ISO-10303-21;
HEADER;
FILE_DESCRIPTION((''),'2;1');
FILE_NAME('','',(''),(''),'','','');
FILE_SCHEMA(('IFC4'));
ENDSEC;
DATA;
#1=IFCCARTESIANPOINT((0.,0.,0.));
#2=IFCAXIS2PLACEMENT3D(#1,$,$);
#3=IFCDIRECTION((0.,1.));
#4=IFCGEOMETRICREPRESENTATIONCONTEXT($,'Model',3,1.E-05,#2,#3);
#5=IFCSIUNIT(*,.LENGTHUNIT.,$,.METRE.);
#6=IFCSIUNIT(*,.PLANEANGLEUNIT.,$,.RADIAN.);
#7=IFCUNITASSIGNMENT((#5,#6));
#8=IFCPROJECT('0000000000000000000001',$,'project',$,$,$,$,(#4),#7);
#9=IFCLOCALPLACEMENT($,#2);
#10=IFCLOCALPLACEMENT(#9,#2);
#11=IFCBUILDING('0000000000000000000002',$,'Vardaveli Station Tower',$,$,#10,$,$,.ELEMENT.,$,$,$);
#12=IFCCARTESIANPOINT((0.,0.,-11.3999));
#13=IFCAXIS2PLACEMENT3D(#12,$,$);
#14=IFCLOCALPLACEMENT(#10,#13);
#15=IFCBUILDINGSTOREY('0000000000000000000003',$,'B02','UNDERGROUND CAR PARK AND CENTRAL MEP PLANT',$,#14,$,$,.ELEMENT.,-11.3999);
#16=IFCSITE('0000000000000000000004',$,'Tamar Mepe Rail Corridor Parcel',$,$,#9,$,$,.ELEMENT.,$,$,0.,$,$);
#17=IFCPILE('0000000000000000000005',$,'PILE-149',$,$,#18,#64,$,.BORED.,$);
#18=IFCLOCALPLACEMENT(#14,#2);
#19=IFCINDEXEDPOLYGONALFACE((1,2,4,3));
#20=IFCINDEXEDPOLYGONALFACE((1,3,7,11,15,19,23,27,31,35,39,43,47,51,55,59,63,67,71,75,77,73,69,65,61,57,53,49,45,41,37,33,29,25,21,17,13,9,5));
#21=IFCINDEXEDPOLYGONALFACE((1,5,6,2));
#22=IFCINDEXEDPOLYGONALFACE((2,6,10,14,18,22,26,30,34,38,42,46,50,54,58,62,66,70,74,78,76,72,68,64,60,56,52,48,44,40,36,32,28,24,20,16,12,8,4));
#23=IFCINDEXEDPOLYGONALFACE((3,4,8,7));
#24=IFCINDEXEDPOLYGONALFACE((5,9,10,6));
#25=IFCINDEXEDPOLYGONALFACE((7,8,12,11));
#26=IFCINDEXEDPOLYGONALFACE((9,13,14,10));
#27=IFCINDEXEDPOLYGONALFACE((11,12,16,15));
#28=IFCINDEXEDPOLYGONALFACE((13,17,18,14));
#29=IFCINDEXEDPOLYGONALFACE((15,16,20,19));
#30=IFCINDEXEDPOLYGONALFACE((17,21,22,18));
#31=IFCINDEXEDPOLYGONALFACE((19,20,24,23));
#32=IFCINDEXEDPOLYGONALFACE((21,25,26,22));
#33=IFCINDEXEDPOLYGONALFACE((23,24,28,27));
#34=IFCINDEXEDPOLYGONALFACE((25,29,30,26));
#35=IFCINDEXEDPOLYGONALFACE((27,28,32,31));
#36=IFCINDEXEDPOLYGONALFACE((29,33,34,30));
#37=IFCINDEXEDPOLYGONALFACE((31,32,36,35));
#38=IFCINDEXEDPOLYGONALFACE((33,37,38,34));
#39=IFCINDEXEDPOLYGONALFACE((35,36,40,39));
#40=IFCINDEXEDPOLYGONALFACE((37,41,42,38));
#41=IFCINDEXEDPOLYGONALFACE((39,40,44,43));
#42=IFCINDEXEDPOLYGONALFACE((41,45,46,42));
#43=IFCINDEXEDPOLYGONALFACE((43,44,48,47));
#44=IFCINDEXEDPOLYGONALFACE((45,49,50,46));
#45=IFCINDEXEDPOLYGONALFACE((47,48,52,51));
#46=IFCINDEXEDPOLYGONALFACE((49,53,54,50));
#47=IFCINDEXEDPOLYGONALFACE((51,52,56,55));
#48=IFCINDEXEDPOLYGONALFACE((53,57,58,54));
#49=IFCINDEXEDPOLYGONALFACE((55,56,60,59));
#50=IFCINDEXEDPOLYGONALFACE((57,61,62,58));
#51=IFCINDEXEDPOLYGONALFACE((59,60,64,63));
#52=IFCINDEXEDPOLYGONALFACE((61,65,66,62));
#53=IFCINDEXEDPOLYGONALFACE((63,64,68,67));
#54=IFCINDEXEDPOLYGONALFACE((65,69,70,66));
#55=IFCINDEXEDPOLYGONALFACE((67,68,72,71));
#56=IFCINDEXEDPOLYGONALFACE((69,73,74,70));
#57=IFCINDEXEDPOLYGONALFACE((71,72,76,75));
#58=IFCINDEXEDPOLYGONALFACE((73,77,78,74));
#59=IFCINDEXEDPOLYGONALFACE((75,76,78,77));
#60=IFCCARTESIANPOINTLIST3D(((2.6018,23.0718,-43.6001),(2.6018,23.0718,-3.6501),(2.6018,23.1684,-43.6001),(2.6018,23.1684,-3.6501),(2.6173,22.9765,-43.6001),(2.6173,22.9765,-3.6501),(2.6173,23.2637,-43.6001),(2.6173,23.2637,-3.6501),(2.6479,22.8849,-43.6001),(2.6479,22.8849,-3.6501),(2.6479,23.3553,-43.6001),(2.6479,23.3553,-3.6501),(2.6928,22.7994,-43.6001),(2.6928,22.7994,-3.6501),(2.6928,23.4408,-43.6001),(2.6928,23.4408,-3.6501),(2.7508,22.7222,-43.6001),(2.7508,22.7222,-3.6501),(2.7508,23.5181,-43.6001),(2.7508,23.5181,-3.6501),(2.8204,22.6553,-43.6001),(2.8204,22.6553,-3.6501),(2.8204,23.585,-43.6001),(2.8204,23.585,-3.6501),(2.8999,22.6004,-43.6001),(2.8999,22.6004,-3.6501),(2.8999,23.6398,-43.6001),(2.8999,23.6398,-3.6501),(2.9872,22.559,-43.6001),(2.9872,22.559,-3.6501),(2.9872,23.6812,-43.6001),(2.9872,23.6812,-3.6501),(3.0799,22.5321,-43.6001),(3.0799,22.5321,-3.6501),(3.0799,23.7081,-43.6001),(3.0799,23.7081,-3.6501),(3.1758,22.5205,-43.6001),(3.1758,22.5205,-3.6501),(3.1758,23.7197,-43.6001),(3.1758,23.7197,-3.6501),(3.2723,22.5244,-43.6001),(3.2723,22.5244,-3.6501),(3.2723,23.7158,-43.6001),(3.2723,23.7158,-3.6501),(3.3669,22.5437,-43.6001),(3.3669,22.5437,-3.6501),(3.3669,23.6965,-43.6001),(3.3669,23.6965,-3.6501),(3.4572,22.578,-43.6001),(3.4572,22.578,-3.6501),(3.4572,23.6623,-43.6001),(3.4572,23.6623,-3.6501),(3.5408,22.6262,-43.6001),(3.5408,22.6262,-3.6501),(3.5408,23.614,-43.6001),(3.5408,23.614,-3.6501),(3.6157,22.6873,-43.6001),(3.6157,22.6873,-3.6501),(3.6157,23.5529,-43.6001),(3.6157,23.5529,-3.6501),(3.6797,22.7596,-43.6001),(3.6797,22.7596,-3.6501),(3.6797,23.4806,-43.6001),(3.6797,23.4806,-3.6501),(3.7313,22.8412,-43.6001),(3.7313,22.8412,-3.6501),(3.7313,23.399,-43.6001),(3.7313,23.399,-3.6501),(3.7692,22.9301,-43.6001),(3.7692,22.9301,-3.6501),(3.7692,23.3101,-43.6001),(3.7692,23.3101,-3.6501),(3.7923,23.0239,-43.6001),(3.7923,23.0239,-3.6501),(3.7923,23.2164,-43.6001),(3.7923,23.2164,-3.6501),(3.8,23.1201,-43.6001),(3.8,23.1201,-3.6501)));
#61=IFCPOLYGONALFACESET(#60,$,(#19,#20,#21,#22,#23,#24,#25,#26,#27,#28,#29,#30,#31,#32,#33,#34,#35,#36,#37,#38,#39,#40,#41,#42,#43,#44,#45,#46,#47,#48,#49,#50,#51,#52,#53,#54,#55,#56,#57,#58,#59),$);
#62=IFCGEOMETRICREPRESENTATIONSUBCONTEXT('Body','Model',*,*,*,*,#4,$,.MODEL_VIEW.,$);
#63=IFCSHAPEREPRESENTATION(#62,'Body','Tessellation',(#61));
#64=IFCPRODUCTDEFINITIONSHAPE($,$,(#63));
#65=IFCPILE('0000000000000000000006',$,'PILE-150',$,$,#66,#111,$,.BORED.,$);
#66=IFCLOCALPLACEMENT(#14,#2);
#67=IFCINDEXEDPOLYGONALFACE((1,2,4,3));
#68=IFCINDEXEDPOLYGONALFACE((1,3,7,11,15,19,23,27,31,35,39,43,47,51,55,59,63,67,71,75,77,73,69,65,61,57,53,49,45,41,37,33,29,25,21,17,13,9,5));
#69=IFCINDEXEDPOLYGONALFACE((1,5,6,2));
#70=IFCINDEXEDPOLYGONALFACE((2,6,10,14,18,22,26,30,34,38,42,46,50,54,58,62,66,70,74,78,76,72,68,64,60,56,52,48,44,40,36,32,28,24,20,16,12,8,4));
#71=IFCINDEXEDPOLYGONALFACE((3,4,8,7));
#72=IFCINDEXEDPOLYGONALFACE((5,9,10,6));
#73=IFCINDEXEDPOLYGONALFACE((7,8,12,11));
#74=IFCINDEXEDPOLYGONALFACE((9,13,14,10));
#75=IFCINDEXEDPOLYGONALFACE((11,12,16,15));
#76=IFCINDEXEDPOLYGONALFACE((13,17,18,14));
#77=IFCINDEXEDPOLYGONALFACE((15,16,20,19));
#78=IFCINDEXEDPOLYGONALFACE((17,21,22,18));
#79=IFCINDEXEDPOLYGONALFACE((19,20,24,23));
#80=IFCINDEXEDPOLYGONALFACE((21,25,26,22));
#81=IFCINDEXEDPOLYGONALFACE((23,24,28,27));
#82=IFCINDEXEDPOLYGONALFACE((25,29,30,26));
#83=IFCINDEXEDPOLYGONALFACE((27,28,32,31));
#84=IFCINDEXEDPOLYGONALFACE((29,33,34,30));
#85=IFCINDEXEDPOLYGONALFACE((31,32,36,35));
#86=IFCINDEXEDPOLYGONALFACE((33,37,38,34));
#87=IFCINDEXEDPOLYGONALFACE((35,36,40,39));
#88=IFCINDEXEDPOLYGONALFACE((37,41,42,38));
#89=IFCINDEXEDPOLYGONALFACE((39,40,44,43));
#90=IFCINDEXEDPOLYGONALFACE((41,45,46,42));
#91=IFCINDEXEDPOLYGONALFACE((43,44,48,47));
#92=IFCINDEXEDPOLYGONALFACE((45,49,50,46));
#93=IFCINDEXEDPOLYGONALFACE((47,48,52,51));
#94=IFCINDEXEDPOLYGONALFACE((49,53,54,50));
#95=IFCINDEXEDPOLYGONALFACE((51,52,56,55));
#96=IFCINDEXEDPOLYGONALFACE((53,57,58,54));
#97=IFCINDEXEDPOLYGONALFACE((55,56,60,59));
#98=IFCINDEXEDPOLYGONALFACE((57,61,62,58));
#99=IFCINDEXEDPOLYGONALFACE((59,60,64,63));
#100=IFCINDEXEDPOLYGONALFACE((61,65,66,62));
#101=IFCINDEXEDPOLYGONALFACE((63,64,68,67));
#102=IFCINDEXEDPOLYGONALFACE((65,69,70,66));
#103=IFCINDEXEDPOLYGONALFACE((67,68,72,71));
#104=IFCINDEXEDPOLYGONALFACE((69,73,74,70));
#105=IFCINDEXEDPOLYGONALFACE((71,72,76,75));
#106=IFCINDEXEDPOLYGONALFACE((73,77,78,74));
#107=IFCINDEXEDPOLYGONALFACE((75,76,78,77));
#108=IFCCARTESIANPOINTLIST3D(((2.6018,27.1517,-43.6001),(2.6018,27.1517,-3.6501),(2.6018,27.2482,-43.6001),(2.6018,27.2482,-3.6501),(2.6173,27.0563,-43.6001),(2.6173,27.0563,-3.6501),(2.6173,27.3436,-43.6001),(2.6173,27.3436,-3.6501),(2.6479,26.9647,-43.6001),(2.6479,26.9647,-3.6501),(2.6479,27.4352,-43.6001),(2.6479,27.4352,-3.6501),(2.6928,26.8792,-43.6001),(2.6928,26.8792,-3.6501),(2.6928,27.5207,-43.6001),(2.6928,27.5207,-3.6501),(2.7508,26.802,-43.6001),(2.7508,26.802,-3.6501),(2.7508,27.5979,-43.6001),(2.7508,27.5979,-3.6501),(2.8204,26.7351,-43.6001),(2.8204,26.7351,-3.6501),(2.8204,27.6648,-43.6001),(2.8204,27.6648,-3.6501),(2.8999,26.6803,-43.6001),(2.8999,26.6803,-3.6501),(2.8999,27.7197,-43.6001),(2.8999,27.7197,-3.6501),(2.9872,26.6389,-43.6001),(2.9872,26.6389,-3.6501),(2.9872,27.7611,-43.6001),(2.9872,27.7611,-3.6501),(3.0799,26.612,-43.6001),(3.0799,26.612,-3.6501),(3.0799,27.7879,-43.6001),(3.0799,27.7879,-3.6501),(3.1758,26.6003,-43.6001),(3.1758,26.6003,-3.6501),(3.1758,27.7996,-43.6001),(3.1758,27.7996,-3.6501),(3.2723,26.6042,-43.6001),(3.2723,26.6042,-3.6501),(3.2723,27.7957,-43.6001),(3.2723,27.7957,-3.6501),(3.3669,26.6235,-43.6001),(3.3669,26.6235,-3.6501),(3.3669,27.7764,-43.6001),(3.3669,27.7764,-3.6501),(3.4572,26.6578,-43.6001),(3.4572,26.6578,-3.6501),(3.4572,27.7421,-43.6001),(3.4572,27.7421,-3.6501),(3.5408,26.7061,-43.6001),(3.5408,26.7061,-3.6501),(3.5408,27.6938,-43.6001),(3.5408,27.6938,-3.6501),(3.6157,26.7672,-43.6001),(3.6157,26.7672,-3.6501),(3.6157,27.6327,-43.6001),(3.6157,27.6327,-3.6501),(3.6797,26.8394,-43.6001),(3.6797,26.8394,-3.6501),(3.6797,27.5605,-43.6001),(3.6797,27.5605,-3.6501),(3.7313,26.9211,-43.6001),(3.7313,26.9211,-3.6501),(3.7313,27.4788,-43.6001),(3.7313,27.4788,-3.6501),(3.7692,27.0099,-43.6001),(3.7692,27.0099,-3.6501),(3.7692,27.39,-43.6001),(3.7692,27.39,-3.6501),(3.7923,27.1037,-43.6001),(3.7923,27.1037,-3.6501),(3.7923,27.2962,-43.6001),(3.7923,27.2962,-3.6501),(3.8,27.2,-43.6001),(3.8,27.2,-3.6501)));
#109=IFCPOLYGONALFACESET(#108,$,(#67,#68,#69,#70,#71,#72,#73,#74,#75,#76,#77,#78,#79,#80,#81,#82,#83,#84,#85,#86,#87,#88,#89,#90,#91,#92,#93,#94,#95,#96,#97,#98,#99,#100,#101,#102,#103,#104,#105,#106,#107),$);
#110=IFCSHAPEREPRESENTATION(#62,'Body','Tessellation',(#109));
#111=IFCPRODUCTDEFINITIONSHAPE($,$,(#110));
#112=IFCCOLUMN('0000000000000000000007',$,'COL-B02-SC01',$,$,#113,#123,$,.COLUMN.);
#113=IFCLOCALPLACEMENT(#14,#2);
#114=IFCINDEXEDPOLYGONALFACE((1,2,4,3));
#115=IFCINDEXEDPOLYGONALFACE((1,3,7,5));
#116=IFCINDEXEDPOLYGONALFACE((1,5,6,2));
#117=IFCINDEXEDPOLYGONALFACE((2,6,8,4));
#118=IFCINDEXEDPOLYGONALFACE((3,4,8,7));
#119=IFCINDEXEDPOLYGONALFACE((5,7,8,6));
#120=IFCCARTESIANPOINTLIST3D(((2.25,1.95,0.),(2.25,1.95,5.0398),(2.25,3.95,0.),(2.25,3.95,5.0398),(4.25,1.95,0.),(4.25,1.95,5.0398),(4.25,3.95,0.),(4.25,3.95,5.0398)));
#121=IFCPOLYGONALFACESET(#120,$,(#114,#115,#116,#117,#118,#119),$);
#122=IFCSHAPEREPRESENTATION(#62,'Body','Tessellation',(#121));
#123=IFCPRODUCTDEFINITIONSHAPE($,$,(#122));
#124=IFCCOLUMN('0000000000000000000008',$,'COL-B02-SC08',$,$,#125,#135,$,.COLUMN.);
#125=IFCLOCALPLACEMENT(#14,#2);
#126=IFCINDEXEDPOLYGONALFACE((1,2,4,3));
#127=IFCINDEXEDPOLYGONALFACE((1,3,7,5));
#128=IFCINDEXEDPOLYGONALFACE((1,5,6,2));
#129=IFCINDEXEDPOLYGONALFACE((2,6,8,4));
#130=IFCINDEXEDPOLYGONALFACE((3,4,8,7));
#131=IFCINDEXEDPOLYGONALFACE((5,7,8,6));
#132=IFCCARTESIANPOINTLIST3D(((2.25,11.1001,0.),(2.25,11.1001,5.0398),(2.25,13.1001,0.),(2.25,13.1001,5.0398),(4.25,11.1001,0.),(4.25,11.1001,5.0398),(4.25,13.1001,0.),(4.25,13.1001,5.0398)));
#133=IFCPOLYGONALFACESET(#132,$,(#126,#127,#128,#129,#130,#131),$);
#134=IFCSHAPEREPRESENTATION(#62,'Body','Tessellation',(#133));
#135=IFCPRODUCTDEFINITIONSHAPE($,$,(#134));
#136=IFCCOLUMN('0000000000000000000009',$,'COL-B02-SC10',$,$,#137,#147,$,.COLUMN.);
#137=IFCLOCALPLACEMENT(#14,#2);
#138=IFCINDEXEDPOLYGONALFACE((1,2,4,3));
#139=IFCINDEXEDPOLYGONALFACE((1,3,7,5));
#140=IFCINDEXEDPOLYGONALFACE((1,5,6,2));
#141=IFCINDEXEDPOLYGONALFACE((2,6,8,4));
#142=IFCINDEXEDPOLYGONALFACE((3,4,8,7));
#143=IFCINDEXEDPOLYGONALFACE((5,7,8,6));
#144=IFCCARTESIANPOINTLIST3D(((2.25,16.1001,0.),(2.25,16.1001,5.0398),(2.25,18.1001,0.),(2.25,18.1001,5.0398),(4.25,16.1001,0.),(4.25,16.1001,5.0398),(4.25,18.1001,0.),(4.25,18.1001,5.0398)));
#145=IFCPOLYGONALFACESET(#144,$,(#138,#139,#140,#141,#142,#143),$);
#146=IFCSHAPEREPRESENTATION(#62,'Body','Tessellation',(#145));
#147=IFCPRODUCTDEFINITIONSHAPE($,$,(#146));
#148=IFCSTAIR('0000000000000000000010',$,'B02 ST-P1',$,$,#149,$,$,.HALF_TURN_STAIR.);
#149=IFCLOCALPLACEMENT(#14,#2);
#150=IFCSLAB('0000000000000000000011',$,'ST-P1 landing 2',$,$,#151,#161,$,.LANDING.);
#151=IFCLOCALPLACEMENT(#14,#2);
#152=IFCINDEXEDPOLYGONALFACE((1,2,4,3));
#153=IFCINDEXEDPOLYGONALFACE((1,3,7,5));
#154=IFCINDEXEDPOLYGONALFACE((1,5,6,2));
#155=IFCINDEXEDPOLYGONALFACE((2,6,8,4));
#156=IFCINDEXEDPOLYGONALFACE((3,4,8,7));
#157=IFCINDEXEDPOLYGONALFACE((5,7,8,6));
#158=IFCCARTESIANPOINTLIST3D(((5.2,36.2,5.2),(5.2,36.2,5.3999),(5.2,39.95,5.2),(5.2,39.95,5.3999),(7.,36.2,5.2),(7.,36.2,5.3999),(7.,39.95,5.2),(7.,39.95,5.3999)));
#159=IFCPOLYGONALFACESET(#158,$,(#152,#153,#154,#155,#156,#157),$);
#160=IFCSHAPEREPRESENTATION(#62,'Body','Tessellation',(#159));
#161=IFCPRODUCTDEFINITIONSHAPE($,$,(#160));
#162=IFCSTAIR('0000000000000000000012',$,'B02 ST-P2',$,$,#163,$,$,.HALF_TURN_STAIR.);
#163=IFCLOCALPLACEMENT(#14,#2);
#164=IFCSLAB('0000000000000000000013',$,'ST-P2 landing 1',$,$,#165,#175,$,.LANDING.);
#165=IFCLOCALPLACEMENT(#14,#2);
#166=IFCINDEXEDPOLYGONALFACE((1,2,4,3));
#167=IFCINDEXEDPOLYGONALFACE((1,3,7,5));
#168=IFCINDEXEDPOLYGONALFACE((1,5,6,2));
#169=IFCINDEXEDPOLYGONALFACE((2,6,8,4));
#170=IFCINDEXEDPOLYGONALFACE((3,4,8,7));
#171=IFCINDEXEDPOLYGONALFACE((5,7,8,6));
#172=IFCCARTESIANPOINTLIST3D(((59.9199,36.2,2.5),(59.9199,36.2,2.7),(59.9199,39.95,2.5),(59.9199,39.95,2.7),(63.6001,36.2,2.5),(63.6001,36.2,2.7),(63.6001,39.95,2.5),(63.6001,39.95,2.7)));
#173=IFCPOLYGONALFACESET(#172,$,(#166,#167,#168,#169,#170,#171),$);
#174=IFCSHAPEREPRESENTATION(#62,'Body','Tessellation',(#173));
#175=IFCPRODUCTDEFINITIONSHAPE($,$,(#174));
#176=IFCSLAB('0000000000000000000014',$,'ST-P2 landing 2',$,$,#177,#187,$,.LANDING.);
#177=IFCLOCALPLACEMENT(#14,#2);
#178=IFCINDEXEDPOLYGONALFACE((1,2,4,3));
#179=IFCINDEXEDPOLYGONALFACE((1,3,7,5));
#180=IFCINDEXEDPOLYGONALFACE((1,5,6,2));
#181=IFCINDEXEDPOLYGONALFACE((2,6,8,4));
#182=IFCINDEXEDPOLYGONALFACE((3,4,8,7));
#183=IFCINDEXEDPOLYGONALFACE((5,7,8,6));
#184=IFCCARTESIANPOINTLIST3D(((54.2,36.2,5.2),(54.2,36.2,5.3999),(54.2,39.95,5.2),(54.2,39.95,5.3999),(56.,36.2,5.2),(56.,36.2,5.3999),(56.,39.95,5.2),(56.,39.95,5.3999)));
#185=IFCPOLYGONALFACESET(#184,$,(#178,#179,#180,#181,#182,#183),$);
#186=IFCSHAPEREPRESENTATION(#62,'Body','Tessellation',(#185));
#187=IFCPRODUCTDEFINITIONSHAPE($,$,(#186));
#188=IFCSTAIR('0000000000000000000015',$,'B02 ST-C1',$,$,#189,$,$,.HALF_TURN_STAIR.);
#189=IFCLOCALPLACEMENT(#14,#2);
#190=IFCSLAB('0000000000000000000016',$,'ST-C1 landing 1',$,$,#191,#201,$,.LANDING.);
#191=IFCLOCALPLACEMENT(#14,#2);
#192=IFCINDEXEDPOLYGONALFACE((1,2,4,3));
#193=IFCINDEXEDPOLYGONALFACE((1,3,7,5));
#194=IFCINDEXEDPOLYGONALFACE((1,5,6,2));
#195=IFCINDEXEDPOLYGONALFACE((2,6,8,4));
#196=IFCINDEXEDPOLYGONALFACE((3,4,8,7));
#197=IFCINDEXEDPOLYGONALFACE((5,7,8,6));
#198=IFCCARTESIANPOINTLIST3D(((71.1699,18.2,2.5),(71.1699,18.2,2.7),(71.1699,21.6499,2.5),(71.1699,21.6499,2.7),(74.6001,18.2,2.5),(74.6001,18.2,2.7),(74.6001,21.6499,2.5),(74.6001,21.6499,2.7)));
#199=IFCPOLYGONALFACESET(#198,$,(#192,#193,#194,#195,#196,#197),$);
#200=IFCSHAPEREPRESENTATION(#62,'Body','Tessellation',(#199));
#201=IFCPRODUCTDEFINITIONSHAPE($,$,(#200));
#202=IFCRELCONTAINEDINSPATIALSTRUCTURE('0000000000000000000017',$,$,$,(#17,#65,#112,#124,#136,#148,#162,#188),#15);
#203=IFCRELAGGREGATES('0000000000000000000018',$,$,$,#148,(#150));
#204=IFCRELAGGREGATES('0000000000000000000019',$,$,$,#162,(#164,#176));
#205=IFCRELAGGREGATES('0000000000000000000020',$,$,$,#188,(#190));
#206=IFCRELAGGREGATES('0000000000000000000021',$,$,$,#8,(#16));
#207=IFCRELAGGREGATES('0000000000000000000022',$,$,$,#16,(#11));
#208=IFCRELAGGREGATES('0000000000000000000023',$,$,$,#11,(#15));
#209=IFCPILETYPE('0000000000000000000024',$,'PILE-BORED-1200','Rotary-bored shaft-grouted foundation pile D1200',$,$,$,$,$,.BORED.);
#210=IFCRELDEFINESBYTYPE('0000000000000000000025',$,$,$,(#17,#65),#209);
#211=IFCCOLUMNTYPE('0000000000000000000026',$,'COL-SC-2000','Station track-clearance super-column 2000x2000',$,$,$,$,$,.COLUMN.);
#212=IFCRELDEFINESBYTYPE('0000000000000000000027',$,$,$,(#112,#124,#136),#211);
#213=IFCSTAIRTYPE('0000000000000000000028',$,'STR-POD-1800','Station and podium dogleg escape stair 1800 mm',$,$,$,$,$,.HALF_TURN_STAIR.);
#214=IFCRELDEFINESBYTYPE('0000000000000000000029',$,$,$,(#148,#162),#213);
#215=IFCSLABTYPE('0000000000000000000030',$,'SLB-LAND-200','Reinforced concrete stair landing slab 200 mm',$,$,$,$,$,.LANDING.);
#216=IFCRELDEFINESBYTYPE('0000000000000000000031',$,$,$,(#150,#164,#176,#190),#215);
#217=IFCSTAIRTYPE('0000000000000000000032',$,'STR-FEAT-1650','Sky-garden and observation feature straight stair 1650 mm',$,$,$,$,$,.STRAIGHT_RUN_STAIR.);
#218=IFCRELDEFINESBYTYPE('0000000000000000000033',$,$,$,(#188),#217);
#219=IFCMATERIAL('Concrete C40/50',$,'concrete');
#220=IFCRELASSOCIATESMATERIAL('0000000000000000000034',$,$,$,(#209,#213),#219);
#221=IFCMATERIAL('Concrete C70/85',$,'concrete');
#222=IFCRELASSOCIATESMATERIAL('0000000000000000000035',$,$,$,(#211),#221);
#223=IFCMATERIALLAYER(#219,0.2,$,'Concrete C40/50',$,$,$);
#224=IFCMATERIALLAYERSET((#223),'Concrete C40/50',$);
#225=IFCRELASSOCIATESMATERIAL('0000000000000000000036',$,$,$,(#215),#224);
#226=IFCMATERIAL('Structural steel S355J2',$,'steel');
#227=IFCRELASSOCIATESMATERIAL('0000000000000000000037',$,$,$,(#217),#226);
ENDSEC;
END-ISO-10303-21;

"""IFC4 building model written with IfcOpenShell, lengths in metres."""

from ifc_helpers import new_model, si_unit, direction, frame, origin, origin_2d, place, context, subcontext, project, spatial, polyline, rectangle, circle, outline, extrude, source, transform, mapped, material, layer, layer_set, material_profile, profile_set, type_object, element, aggregate, save


model = new_model("IFC4")

# Units and contexts
model_context = context("Model", 3, precision=1e-05, world=origin(), true_north=direction((0.0, 1.0)))
body_context = subcontext(model_context, "Body", "Model", "MODEL_VIEW")
ifc_project = project(units=[si_unit("LENGTHUNIT", "METRE"), si_unit("PLANEANGLEUNIT", "RADIAN")], contexts=[model_context])

# Site, building, storey
site_placement = place(None, origin())
site = spatial("IfcSite", under=ifc_project, at=site_placement, Name="Tamar Mepe Rail Corridor Parcel", CompositionType="ELEMENT", RefElevation=0.0)
building_placement = place(site_placement, origin())
building = spatial("IfcBuilding", under=site, at=building_placement, Name="Vardaveli Station Tower", CompositionType="ELEMENT")
storey_placement = place(building_placement, frame((0.0, 0.0, -11.3999)))
storey = spatial("IfcBuildingStorey", under=building, at=storey_placement, Name="B02", Description="UNDERGROUND CAR PARK AND CENTRAL MEP PLANT", CompositionType="ELEMENT", Elevation=-11.3999)

# Piles
ifc_material_1 = material(Name="Concrete C40/50", Category="concrete")
ifc_material_profile_1 = material_profile(ifc_material_1, circle(Radius=0.6001, at=origin_2d()), Name="PILE D1200")
ifc_profile_set_1 = profile_set([ifc_material_profile_1], Name="Concrete C40/50")
pile_type_1 = type_object("IfcPileType", Name="PILE-BORED-1200", Description="Rotary-bored shaft-grouted foundation pile D1200", PredefinedType="BORED", material=ifc_profile_set_1)
shared_shape_1 = source(origin(), body_context, "Body", "SweptSolid", [
    extrude(circle(Radius=0.6001, at=origin_2d()), origin(), (0.0, 0.0, 1.0), 39.95),
])
for number, where, z_axis, x_axis, name in (
    (1, (3.2, 23.1201, -3.6501), (0.0, 0.0, -1.0), (1.0, 0.0, 0.0), "PILE-149"),
    (2, (3.2, 27.2, -3.6501), (0.0, 0.0, -1.0), (1.0, 0.0, 0.0), "PILE-150"),
):
    element("IfcPile", number, at=place(storey_placement, frame(where, z_axis=z_axis, x_axis=x_axis)), inside=storey, type_object=pile_type_1, Name=name, PredefinedType="BORED", context=body_context, shape_type="MappedRepresentation", body=[
        mapped(shared_shape_1, transform((0.0, 0.0, 0.0), scale=1.0)),
    ])

# Columns
ifc_material_2 = material(Name="Concrete C70/85", Category="concrete")
ifc_material_profile_2 = material_profile(ifc_material_2, rectangle(XDim=2.0, YDim=2.0, at=origin_2d()), Name="SC 2000x2000")
ifc_profile_set_2 = profile_set([ifc_material_profile_2], Name="Concrete C70/85")
column_type = type_object("IfcColumnType", Name="COL-SC-2000", Description="Station track-clearance super-column 2000x2000", PredefinedType="COLUMN", material=ifc_profile_set_2)
shared_shape_2 = source(origin(), body_context, "Body", "SweptSolid", [
    extrude(rectangle(XDim=2.0, YDim=2.0, at=origin_2d()), origin(), (0.0, 0.0, 1.0), 5.0398),
])
for number, where, z_axis, x_axis, name in (
    (3, (3.25, 2.95, 0.0), (0.0, 0.0, 1.0), (1.0, 0.0, 0.0), "COL-B02-SC01"),
    (4, (3.25, 12.1001, 0.0), (0.0, 0.0, 1.0), (1.0, 0.0, 0.0), "COL-B02-SC08"),
    (5, (3.25, 17.1001, 0.0), (0.0, 0.0, 1.0), (1.0, 0.0, 0.0), "COL-B02-SC10"),
):
    element("IfcColumn", number, at=place(storey_placement, frame(where, z_axis=z_axis, x_axis=x_axis)), inside=storey, type_object=column_type, Name=name, PredefinedType="COLUMN", context=body_context, shape_type="MappedRepresentation", body=[
        mapped(shared_shape_2, transform((0.0, 0.0, 0.0), scale=1.0)),
    ])

# Stair, slab
stair_type_1 = type_object("IfcStairType", Name="STR-POD-1800", Description="Station and podium dogleg escape stair 1800 mm", PredefinedType="HALF_TURN_STAIR", material=ifc_material_1)
stair_1_placement = place(storey_placement, origin())
stair_1 = element("IfcStair", 6, at=stair_1_placement, inside=storey, type_object=stair_type_1, Name="B02 ST-P1", PredefinedType="HALF_TURN_STAIR")
ifc_layer_1 = layer(ifc_material_1, 0.2, Name="Concrete C40/50")
ifc_layer_set_1 = layer_set([ifc_layer_1], Name="Concrete C40/50")
slab_type = type_object("IfcSlabType", Name="SLB-LAND-200", Description="Reinforced concrete stair landing slab 200 mm", PredefinedType="LANDING", material=ifc_layer_set_1)
slab_1_placement = place(storey_placement, frame((0.0, 0.0, 5.2)))
slab_1 = element("IfcSlab", 7, at=slab_1_placement, type_object=slab_type, Name="ST-P1 landing 2", PredefinedType="LANDING", context=body_context, shape_type="SweptSolid", body=[
    extrude(outline(polyline([(5.2, 36.2), (7.0, 36.2), (7.0, 39.95), (5.2, 39.95), (5.2, 36.2)])), origin(), (0.0, 0.0, 1.0), 0.2),
])
aggregate(stair_1, [slab_1])

# Stairs, slabs
stair_2_placement = place(storey_placement, origin())
stair_2 = element("IfcStair", 8, at=stair_2_placement, inside=storey, type_object=stair_type_1, Name="B02 ST-P2", PredefinedType="HALF_TURN_STAIR")
slab_2_placement = place(storey_placement, frame((0.0, 0.0, 2.5)))
slab_2 = element("IfcSlab", 9, at=slab_2_placement, type_object=slab_type, Name="ST-P2 landing 1", PredefinedType="LANDING", context=body_context, shape_type="SweptSolid", body=[
    extrude(outline(polyline([(59.9199, 36.2), (63.6001, 36.2), (63.6001, 39.95), (59.9199, 39.95), (59.9199, 36.2)])), origin(), (0.0, 0.0, 1.0), 0.2),
])
slab_3_placement = place(storey_placement, frame((0.0, 0.0, 5.2)))
slab_3 = element("IfcSlab", 10, at=slab_3_placement, type_object=slab_type, Name="ST-P2 landing 2", PredefinedType="LANDING", context=body_context, shape_type="SweptSolid", body=[
    extrude(outline(polyline([(54.2, 36.2), (56.0, 36.2), (56.0, 39.95), (54.2, 39.95), (54.2, 36.2)])), origin(), (0.0, 0.0, 1.0), 0.2),
])
aggregate(stair_2, [slab_2, slab_3])
ifc_material_3 = material(Name="Structural steel S355J2", Category="steel")
stair_type_2 = type_object("IfcStairType", Name="STR-FEAT-1650", Description="Sky-garden and observation feature straight stair 1650 mm", PredefinedType="STRAIGHT_RUN_STAIR", material=ifc_material_3)
stair_3_placement = place(storey_placement, origin())
stair_3 = element("IfcStair", 11, at=stair_3_placement, inside=storey, type_object=stair_type_2, Name="B02 ST-C1", PredefinedType="HALF_TURN_STAIR")
slab_4_placement = place(storey_placement, frame((0.0, 0.0, 2.5)))
slab_4 = element("IfcSlab", 12, at=slab_4_placement, type_object=slab_type, Name="ST-C1 landing 1", PredefinedType="LANDING", context=body_context, shape_type="SweptSolid", body=[
    extrude(outline(polyline([(71.1699, 18.2), (74.6001, 18.2), (74.6001, 21.6499), (71.1699, 21.6499), (71.1699, 18.2)])), origin(), (0.0, 0.0, 1.0), 0.2),
])
aggregate(stair_3, [slab_4])

save(model, "model.ifc")
